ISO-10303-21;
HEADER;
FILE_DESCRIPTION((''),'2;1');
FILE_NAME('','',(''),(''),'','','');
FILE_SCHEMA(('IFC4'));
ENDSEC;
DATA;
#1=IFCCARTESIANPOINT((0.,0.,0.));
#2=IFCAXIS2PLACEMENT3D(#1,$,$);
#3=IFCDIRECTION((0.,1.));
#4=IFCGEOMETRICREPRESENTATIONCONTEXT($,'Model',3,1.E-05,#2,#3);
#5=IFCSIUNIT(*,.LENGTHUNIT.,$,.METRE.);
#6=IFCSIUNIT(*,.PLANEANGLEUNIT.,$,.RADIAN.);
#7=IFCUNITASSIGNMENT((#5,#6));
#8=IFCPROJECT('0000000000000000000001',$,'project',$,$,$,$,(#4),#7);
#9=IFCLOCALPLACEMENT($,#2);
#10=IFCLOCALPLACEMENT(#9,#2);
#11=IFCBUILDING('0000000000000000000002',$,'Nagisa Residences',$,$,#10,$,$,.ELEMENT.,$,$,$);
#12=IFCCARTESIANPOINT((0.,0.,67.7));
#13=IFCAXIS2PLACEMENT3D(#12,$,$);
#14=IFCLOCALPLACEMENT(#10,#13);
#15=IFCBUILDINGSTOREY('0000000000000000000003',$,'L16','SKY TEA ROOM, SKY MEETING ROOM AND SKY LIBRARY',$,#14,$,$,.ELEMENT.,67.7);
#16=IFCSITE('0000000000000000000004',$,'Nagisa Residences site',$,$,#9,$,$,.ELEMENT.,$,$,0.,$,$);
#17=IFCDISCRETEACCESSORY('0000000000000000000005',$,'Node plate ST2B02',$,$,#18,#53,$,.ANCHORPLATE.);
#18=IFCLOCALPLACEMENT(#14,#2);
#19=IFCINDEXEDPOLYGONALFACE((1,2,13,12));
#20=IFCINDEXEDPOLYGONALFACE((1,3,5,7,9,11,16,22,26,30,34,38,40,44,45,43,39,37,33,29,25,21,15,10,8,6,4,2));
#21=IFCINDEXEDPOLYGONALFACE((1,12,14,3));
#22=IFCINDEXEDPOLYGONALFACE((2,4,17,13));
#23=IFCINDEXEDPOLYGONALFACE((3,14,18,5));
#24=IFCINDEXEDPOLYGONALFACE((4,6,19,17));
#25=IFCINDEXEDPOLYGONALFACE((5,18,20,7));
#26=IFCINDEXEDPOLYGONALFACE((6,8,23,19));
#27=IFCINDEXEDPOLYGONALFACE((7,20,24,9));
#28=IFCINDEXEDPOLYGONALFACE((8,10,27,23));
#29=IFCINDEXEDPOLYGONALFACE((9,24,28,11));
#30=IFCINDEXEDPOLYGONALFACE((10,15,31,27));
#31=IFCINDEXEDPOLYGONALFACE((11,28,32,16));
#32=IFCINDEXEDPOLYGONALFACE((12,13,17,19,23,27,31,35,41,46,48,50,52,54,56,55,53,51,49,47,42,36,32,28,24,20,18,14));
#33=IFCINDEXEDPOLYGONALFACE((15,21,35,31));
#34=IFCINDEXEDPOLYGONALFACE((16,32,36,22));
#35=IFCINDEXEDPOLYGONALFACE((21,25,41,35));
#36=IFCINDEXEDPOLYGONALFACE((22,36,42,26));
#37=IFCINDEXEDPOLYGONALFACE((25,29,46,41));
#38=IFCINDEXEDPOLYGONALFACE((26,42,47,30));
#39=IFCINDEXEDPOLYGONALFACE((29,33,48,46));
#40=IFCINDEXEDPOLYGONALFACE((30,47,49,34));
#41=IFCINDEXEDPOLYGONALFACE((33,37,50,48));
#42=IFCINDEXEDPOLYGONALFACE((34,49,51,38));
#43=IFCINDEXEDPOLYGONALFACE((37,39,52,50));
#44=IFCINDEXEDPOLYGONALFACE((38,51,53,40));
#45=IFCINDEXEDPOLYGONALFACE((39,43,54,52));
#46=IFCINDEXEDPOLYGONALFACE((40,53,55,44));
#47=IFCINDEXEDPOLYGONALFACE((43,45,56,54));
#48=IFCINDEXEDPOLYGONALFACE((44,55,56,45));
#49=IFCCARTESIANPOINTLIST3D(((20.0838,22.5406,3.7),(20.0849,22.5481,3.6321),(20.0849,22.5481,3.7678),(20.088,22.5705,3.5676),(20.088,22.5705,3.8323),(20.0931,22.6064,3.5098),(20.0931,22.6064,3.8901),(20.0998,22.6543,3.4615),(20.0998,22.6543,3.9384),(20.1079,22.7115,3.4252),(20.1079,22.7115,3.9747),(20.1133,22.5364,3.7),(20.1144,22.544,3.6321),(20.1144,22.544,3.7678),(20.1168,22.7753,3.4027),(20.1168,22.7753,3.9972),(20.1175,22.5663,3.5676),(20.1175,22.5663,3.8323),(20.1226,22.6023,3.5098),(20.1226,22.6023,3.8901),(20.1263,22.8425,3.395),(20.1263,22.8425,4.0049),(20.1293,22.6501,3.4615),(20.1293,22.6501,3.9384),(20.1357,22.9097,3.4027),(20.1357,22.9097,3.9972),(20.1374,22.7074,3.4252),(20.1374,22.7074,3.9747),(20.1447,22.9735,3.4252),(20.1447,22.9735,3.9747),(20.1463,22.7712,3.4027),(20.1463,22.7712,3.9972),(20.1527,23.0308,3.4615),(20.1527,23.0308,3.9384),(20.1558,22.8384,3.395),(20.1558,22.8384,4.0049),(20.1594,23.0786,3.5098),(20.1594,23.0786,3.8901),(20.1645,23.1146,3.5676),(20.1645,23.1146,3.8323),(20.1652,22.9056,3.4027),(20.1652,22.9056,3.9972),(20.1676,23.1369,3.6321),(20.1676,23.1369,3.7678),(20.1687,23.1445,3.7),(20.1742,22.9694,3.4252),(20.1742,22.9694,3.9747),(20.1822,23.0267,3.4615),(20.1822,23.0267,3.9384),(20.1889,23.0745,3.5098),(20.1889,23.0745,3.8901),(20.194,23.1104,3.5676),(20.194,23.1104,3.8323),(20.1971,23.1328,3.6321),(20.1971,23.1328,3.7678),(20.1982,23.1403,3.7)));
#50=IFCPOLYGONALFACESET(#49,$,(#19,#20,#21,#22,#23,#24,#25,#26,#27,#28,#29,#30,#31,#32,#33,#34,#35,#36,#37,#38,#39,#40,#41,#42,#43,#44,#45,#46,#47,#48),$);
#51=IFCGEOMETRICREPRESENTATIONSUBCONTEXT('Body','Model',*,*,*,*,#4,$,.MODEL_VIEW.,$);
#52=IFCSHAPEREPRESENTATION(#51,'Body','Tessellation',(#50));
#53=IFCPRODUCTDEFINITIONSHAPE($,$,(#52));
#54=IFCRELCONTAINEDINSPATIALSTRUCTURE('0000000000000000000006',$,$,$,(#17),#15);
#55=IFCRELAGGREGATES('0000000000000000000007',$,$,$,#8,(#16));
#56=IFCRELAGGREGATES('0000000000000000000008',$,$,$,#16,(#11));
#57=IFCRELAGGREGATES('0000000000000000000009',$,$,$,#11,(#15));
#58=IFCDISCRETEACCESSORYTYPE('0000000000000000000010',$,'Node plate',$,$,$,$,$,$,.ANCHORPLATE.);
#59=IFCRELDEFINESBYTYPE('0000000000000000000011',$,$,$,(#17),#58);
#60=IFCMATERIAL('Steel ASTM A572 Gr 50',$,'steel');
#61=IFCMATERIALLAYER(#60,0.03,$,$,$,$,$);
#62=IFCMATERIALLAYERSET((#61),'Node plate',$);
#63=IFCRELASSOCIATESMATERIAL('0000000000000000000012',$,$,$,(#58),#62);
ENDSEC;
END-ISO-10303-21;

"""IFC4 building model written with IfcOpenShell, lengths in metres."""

from ifc_helpers import new_model, si_unit, direction, frame, origin, origin_2d, place, context, subcontext, project, spatial, circle, extrude, material, layer, layer_set, type_object, element, save


model = new_model("IFC4")

# Units and contexts
model_context = context("Model", 3, precision=1e-05, world=origin(), true_north=direction((0.0, 1.0)))
body_context = subcontext(model_context, "Body", "Model", "MODEL_VIEW")
ifc_project = project(units=[si_unit("LENGTHUNIT", "METRE"), si_unit("PLANEANGLEUNIT", "RADIAN")], contexts=[model_context])

# Site, building, storey
site_placement = place(None, origin())
site = spatial("IfcSite", under=ifc_project, at=site_placement, Name="Nagisa Residences site", CompositionType="ELEMENT", RefElevation=0.0)
building_placement = place(site_placement, origin())
building = spatial("IfcBuilding", under=site, at=building_placement, Name="Nagisa Residences", CompositionType="ELEMENT")
storey_placement = place(building_placement, frame((0.0, 0.0, 67.7)))
storey = spatial("IfcBuildingStorey", under=building, at=storey_placement, Name="L16", Description="SKY TEA ROOM, SKY MEETING ROOM AND SKY LIBRARY", CompositionType="ELEMENT", Elevation=67.7)

# Discrete accessory
ifc_material_1 = material(Name="Steel ASTM A572 Gr 50", Category="steel")
ifc_layer = layer(ifc_material_1, 0.03)
ifc_layer_set = layer_set([ifc_layer], Name="Node plate")
discrete_accessory_type_1 = type_object("IfcDiscreteAccessoryType", Name="Node plate", PredefinedType="ANCHORPLATE", material=ifc_layer_set)
discrete_accessory_1_placement = place(storey_placement, frame((20.1558, 22.8384, 3.7), z_axis=(-0.990274, 0.139129, 0.0), x_axis=(-0.139129, -0.990274, 0.0)))
element("IfcDiscreteAccessory", 1, at=discrete_accessory_1_placement, inside=storey, type_object=discrete_accessory_type_1, Name="Node plate ST2B02", PredefinedType="ANCHORPLATE", context=body_context, shape_type="SweptSolid", body=[
    extrude(circle(Radius=0.3049, at=origin_2d()), origin(), (0.0, 0.0, 1.0), 0.0298),
])

save(model, "model.ifc")
